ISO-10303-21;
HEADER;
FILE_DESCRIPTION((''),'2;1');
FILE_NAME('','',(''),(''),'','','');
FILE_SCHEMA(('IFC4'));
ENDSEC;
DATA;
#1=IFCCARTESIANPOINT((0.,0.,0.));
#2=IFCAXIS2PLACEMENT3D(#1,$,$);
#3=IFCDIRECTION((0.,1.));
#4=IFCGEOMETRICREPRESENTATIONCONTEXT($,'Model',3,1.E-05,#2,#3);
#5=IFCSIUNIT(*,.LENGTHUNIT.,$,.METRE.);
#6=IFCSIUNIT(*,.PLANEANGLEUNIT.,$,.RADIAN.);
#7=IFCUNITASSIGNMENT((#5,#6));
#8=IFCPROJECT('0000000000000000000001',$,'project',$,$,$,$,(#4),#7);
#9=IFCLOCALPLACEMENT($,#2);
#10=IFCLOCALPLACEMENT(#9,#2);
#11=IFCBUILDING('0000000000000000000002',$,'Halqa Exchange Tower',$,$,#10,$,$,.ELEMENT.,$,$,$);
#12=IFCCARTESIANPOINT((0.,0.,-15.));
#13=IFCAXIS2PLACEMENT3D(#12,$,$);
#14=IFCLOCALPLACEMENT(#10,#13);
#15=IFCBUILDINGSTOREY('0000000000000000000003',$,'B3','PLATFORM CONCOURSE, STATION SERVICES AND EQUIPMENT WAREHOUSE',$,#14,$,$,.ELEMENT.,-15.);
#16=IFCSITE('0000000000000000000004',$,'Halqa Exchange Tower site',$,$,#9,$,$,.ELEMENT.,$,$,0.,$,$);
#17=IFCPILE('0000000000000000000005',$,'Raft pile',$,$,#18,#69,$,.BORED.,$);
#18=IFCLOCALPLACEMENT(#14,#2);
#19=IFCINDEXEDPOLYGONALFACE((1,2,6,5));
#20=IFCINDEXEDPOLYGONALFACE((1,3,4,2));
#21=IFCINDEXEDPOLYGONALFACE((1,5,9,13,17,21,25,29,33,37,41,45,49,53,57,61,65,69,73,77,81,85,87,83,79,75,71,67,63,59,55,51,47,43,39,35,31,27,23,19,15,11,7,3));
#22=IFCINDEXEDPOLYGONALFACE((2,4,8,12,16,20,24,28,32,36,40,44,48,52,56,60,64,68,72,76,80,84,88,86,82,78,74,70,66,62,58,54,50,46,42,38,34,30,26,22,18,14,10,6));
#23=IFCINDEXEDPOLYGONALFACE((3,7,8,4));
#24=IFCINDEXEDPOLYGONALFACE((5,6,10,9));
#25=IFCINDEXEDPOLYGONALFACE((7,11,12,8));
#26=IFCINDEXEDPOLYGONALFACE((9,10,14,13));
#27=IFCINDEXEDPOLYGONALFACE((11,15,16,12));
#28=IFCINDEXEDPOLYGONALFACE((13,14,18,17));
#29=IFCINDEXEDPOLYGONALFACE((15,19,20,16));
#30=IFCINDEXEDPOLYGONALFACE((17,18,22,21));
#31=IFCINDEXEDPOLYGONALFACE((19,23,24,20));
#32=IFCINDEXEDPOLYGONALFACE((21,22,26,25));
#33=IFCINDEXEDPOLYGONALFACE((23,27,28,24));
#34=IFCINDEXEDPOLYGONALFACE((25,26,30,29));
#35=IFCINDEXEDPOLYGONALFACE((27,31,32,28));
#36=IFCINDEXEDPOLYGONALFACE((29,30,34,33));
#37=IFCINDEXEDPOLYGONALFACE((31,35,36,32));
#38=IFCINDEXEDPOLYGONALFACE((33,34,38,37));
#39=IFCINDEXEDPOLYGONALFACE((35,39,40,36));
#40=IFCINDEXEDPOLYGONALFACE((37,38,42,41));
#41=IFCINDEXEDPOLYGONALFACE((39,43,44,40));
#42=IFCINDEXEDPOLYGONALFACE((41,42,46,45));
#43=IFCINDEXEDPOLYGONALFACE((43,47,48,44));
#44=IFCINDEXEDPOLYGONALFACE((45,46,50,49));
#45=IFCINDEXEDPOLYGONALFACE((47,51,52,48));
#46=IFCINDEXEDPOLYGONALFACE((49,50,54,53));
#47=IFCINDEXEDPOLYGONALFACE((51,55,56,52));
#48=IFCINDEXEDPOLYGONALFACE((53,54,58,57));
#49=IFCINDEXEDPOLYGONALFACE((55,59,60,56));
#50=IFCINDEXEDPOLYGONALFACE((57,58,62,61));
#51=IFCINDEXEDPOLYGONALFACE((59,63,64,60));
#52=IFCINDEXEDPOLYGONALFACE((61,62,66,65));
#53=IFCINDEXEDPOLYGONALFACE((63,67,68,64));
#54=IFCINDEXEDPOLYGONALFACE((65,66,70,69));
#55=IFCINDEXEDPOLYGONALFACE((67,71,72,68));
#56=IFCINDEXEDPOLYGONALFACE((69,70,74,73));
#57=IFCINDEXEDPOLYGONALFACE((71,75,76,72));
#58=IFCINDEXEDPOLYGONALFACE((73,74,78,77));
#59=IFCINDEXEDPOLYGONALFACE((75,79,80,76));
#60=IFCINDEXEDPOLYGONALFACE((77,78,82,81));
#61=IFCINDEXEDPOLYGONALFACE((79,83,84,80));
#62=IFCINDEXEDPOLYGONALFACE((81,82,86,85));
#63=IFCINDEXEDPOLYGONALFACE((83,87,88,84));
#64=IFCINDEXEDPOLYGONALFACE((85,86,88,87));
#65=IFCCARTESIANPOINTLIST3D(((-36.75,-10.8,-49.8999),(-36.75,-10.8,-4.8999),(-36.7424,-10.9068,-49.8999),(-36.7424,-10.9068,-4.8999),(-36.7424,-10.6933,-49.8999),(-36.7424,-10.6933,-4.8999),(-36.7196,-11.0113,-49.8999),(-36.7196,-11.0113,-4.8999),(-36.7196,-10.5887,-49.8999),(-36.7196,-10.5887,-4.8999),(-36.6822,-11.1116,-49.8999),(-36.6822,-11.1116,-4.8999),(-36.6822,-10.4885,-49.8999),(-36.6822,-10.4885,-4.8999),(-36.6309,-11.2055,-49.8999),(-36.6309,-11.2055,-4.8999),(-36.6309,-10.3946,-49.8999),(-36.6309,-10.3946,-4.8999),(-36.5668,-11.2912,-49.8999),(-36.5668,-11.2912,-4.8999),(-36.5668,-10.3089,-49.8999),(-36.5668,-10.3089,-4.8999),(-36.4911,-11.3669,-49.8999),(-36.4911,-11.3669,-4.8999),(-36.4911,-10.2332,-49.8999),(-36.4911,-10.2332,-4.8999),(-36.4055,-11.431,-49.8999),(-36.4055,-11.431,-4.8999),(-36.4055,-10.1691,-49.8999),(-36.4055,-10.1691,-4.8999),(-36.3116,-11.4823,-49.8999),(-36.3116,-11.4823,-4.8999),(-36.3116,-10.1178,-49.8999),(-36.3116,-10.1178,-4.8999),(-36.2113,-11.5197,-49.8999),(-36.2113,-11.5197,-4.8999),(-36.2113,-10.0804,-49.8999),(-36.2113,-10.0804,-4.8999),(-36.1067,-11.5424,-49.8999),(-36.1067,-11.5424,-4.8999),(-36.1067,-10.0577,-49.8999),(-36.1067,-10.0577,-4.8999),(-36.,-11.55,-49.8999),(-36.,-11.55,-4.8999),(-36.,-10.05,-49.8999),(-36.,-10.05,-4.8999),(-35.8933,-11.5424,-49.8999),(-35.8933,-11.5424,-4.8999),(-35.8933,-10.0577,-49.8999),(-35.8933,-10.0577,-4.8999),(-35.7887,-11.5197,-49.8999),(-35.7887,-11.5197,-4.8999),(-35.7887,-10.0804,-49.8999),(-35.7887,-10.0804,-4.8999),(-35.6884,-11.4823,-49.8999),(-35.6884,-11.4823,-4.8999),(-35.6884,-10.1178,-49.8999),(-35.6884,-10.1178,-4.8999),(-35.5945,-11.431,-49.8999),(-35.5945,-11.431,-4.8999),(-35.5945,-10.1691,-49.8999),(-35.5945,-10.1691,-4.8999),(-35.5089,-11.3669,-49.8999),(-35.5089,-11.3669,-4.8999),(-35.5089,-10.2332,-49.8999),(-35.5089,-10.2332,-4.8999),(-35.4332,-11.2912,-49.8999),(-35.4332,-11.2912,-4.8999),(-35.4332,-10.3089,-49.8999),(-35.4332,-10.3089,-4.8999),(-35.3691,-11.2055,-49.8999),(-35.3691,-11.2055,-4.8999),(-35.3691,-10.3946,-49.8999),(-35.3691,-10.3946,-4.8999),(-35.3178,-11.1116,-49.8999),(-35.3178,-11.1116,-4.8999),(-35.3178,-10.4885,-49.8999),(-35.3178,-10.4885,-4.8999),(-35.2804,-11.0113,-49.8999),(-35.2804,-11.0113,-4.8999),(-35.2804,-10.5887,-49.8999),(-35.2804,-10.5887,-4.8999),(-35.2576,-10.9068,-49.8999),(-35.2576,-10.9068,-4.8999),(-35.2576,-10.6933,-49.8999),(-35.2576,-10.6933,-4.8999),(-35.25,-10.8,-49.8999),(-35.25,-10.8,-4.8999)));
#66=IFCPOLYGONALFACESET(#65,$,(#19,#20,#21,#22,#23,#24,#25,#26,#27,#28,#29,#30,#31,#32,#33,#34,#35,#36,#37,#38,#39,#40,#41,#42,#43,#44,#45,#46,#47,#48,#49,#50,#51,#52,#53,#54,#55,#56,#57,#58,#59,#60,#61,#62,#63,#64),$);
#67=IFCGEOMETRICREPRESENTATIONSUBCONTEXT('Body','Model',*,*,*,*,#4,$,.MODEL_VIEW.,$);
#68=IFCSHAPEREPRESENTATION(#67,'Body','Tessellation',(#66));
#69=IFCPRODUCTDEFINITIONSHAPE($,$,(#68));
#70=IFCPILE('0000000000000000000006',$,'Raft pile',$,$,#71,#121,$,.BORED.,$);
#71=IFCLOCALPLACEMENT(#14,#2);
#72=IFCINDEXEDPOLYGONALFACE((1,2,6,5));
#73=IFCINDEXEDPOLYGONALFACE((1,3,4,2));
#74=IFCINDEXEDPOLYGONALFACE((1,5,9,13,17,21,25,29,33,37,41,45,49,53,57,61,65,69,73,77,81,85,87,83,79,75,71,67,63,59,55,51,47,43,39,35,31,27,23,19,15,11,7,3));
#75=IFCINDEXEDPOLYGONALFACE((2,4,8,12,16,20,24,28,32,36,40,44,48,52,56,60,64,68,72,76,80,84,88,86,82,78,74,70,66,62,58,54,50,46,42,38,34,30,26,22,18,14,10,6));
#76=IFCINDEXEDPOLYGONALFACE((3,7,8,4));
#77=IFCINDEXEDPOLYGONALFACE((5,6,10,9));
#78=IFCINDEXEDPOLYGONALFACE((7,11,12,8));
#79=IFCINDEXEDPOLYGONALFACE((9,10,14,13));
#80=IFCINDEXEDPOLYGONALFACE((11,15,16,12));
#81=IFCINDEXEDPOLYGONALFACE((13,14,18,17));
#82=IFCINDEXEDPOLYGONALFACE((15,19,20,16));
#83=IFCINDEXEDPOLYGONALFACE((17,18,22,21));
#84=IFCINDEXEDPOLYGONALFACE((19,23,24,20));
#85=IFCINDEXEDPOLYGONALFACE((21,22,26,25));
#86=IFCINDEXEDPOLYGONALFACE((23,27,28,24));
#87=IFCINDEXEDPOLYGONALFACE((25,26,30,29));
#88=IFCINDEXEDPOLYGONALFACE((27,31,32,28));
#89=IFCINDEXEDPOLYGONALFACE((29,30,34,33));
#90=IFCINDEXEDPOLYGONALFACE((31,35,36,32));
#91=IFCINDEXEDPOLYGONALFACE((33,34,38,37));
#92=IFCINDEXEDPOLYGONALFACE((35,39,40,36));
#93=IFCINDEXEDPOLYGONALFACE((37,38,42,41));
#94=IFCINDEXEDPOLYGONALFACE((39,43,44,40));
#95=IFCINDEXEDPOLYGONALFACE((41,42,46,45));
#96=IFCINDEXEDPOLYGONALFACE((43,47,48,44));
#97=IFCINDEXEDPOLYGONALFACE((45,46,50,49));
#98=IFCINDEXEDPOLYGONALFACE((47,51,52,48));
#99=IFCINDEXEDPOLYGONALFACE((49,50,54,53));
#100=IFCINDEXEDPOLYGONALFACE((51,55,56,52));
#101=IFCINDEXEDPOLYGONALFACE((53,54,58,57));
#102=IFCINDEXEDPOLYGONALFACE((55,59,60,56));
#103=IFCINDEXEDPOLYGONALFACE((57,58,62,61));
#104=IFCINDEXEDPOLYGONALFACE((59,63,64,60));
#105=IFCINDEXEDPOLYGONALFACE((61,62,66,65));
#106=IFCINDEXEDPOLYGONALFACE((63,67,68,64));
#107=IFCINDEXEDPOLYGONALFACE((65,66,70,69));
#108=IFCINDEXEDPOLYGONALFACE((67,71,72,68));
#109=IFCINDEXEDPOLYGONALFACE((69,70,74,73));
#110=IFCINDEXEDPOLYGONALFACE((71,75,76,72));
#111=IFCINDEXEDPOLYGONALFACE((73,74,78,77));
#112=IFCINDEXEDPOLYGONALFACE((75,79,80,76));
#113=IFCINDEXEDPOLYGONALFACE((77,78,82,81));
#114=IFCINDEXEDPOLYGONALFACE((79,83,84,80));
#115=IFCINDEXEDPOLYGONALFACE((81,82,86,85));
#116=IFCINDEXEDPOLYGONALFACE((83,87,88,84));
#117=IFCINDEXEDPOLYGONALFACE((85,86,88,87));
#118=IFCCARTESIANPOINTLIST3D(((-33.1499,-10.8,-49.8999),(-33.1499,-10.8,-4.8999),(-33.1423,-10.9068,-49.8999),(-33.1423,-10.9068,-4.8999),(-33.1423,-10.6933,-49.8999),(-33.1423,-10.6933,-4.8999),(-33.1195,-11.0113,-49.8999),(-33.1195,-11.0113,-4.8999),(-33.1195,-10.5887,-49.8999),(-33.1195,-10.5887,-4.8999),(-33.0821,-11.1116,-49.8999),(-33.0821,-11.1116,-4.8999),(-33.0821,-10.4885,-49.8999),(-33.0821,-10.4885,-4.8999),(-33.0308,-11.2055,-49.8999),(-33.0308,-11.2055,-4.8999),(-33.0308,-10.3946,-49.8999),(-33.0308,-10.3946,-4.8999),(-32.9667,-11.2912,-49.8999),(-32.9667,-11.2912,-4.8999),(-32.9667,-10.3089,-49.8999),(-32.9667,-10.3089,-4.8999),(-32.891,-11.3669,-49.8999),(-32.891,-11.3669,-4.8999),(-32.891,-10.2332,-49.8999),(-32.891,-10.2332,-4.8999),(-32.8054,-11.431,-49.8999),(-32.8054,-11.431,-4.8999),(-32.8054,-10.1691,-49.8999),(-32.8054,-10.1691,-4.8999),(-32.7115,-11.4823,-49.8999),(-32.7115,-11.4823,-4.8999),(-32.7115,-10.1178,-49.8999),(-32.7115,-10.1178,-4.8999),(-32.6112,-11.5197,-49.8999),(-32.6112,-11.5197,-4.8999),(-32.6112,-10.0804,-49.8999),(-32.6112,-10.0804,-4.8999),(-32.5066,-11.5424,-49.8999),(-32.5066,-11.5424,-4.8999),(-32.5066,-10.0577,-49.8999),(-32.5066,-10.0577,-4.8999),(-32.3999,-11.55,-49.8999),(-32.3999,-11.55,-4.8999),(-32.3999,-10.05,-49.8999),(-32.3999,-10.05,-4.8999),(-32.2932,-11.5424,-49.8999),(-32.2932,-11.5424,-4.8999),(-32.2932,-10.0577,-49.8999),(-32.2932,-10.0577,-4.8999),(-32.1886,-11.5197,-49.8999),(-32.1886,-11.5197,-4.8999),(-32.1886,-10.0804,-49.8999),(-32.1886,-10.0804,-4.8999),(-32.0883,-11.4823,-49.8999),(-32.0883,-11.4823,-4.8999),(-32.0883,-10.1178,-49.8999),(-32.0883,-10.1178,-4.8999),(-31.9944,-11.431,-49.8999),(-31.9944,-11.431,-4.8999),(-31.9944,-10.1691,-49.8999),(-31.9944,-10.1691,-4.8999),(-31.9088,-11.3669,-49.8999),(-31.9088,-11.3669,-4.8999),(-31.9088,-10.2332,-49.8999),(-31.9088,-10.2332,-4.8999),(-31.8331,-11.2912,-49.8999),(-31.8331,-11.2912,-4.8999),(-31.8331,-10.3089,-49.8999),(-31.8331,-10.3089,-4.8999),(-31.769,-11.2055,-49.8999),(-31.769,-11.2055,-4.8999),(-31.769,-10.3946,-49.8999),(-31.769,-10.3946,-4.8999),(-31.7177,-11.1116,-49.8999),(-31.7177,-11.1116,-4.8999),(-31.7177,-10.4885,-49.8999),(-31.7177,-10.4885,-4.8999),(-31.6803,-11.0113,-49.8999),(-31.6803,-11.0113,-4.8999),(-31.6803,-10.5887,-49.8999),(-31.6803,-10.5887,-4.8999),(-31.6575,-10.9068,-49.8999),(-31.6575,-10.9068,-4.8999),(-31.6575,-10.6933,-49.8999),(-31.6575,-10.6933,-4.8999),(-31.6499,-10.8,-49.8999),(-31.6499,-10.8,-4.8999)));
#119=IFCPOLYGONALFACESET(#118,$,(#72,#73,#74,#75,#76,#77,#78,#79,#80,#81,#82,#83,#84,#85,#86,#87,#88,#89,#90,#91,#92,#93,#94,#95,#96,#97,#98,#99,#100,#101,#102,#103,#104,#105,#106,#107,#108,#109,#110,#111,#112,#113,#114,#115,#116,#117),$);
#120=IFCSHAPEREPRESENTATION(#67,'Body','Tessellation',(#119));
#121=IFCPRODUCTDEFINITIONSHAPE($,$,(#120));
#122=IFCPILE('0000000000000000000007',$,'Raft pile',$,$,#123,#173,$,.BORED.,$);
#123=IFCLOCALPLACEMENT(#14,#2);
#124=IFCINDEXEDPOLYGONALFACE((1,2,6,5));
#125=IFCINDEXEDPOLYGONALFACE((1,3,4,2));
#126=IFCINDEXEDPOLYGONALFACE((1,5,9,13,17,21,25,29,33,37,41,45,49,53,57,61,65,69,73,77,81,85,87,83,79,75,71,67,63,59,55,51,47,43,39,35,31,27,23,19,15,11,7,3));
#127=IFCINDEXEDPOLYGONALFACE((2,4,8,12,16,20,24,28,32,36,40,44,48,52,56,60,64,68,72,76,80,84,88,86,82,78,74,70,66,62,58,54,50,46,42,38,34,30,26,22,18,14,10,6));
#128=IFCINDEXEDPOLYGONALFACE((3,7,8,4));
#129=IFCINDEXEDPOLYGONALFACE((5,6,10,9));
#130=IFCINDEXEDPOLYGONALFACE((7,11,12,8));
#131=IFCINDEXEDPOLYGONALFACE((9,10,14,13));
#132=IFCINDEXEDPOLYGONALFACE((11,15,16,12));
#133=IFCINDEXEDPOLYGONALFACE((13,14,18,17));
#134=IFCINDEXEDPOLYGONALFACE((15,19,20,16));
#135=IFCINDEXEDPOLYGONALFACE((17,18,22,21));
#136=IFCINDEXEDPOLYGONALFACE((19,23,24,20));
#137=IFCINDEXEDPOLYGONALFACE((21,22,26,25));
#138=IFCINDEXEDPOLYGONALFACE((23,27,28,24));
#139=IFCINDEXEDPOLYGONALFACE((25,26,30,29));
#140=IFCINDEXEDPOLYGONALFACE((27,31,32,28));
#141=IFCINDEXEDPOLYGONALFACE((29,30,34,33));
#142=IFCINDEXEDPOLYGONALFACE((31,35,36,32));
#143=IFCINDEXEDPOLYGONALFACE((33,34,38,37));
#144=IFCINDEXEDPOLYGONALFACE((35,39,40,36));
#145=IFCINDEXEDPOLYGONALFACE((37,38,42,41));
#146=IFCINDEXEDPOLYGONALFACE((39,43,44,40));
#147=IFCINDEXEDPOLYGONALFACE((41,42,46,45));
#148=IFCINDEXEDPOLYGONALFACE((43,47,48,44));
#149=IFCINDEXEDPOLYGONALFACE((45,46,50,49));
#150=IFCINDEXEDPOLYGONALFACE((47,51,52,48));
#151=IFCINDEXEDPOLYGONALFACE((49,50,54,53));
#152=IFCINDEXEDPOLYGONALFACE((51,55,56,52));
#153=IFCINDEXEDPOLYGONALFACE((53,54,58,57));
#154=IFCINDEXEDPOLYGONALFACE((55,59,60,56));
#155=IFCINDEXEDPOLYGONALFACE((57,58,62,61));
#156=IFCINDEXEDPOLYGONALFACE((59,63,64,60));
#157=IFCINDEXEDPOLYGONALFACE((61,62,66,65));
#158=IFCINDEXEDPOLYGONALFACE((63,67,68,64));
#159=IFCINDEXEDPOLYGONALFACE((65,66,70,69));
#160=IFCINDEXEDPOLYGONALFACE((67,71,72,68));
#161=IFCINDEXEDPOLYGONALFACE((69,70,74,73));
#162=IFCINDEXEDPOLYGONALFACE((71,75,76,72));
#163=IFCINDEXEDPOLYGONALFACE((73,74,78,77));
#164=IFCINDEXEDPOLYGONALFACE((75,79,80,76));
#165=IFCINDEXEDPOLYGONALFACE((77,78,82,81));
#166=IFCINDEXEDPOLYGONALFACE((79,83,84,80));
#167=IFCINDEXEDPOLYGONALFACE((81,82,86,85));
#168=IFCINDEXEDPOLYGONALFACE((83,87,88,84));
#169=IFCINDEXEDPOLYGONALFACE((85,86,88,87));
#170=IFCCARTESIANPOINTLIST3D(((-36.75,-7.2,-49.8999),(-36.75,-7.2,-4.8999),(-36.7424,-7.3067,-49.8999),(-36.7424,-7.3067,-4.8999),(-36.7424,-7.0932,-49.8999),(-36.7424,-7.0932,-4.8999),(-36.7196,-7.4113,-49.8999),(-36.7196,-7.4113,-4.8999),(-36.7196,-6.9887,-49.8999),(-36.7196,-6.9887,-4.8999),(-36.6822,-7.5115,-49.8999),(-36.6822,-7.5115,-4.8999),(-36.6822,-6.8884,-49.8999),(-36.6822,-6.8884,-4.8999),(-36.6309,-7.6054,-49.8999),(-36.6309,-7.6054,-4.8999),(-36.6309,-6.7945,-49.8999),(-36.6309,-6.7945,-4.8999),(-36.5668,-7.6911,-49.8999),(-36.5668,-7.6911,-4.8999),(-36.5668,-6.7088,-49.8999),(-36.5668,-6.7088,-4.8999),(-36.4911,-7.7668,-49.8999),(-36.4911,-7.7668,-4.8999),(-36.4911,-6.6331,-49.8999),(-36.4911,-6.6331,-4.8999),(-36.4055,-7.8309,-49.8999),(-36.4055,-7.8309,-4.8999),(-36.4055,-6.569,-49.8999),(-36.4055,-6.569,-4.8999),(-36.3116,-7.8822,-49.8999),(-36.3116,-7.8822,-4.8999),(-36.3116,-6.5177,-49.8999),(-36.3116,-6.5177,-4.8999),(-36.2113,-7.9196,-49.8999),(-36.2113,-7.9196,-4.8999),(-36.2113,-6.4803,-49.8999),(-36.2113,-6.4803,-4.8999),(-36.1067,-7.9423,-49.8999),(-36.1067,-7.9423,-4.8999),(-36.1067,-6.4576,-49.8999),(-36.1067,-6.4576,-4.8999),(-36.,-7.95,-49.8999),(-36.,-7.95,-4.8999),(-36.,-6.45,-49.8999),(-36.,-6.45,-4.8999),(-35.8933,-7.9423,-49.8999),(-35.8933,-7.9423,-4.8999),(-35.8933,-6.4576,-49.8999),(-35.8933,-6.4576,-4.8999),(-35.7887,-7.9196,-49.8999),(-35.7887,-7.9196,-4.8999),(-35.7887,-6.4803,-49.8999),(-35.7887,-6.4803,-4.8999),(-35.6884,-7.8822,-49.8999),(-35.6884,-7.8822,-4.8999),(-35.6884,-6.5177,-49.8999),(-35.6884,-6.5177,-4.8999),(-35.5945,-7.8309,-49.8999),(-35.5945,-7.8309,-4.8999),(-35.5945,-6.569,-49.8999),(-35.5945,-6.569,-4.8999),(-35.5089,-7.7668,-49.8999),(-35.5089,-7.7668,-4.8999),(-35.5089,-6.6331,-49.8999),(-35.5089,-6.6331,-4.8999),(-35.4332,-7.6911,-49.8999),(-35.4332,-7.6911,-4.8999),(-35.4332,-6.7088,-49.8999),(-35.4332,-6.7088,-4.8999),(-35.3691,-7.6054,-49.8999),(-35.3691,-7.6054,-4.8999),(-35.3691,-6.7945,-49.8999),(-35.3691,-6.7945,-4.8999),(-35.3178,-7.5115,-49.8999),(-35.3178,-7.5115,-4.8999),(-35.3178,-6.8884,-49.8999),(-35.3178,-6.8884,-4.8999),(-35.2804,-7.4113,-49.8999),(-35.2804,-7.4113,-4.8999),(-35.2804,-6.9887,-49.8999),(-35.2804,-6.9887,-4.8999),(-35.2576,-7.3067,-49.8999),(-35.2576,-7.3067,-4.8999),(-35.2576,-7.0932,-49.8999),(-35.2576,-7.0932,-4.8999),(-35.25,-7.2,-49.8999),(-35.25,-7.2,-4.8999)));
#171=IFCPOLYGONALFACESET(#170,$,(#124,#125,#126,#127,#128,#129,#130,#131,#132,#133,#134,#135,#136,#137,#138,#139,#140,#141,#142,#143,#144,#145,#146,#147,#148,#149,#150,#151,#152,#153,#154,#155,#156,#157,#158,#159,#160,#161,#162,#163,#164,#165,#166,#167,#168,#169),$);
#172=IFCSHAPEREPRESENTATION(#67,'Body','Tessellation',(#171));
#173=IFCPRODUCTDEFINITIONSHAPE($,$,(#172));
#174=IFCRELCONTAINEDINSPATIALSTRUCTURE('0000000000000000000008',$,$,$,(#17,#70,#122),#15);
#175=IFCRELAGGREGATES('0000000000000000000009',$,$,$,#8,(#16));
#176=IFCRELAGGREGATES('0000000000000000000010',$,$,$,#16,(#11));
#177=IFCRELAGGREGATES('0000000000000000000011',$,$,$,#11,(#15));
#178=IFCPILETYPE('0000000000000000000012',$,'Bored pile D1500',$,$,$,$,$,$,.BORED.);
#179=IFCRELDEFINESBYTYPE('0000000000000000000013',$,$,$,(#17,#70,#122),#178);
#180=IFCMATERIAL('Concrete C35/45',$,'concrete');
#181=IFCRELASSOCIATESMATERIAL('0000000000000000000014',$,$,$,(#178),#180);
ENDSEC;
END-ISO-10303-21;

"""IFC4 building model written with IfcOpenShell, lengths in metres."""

from ifc_helpers import new_model, si_unit, direction, frame, origin, origin_2d, place, context, subcontext, project, spatial, circle, extrude, material, material_profile, profile_set, type_object, element, save


model = new_model("IFC4")

# Units and contexts
model_context = context("Model", 3, precision=1e-05, world=origin(), true_north=direction((0.0, 1.0)))
body_context = subcontext(model_context, "Body", "Model", "MODEL_VIEW")
ifc_project = project(units=[si_unit("LENGTHUNIT", "METRE"), si_unit("PLANEANGLEUNIT", "RADIAN")], contexts=[model_context])

# Site, building, storey
site_placement = place(None, origin())
site = spatial("IfcSite", under=ifc_project, at=site_placement, Name="Halqa Exchange Tower site", CompositionType="ELEMENT", RefElevation=0.0)
building_placement = place(site_placement, origin())
building = spatial("IfcBuilding", under=site, at=building_placement, Name="Halqa Exchange Tower", CompositionType="ELEMENT")
storey_placement = place(building_placement, frame((0.0, 0.0, -15.0)))
storey = spatial("IfcBuildingStorey", under=building, at=storey_placement, Name="B3", Description="PLATFORM CONCOURSE, STATION SERVICES AND EQUIPMENT WAREHOUSE", CompositionType="ELEMENT", Elevation=-15.0)

# Piles
ifc_material_1 = material(Name="Concrete C35/45", Category="concrete")
ifc_material_profile_1 = material_profile(ifc_material_1, circle(Radius=0.75, at=origin_2d()), Name="D1500")
ifc_profile_set_1 = profile_set([ifc_material_profile_1], Name="Concrete C35/45")
pile_type_1 = type_object("IfcPileType", Name="Bored pile D1500", PredefinedType="BORED", material=ifc_profile_set_1)
for number, where, z_axis, x_axis, name in (
    (1, (-36.0, -10.8, -4.8999), (0.0, 0.0, -1.0), (1.0, 0.0, 0.0), "Raft pile"),
    (2, (-32.3999, -10.8, -4.8999), (0.0, 0.0, -1.0), (1.0, 0.0, 0.0), "Raft pile"),
    (3, (-36.0, -7.2, -4.8999), (0.0, 0.0, -1.0), (1.0, 0.0, 0.0), "Raft pile"),
):
    element("IfcPile", number, at=place(storey_placement, frame(where, z_axis=z_axis, x_axis=x_axis)), inside=storey, type_object=pile_type_1, Name=name, PredefinedType="BORED", context=body_context, shape_type="SweptSolid", body=[
        extrude(circle(Radius=0.75, at=origin_2d()), origin(), (0.0, 0.0, 1.0), 45.0),
    ])

save(model, "model.ifc")
